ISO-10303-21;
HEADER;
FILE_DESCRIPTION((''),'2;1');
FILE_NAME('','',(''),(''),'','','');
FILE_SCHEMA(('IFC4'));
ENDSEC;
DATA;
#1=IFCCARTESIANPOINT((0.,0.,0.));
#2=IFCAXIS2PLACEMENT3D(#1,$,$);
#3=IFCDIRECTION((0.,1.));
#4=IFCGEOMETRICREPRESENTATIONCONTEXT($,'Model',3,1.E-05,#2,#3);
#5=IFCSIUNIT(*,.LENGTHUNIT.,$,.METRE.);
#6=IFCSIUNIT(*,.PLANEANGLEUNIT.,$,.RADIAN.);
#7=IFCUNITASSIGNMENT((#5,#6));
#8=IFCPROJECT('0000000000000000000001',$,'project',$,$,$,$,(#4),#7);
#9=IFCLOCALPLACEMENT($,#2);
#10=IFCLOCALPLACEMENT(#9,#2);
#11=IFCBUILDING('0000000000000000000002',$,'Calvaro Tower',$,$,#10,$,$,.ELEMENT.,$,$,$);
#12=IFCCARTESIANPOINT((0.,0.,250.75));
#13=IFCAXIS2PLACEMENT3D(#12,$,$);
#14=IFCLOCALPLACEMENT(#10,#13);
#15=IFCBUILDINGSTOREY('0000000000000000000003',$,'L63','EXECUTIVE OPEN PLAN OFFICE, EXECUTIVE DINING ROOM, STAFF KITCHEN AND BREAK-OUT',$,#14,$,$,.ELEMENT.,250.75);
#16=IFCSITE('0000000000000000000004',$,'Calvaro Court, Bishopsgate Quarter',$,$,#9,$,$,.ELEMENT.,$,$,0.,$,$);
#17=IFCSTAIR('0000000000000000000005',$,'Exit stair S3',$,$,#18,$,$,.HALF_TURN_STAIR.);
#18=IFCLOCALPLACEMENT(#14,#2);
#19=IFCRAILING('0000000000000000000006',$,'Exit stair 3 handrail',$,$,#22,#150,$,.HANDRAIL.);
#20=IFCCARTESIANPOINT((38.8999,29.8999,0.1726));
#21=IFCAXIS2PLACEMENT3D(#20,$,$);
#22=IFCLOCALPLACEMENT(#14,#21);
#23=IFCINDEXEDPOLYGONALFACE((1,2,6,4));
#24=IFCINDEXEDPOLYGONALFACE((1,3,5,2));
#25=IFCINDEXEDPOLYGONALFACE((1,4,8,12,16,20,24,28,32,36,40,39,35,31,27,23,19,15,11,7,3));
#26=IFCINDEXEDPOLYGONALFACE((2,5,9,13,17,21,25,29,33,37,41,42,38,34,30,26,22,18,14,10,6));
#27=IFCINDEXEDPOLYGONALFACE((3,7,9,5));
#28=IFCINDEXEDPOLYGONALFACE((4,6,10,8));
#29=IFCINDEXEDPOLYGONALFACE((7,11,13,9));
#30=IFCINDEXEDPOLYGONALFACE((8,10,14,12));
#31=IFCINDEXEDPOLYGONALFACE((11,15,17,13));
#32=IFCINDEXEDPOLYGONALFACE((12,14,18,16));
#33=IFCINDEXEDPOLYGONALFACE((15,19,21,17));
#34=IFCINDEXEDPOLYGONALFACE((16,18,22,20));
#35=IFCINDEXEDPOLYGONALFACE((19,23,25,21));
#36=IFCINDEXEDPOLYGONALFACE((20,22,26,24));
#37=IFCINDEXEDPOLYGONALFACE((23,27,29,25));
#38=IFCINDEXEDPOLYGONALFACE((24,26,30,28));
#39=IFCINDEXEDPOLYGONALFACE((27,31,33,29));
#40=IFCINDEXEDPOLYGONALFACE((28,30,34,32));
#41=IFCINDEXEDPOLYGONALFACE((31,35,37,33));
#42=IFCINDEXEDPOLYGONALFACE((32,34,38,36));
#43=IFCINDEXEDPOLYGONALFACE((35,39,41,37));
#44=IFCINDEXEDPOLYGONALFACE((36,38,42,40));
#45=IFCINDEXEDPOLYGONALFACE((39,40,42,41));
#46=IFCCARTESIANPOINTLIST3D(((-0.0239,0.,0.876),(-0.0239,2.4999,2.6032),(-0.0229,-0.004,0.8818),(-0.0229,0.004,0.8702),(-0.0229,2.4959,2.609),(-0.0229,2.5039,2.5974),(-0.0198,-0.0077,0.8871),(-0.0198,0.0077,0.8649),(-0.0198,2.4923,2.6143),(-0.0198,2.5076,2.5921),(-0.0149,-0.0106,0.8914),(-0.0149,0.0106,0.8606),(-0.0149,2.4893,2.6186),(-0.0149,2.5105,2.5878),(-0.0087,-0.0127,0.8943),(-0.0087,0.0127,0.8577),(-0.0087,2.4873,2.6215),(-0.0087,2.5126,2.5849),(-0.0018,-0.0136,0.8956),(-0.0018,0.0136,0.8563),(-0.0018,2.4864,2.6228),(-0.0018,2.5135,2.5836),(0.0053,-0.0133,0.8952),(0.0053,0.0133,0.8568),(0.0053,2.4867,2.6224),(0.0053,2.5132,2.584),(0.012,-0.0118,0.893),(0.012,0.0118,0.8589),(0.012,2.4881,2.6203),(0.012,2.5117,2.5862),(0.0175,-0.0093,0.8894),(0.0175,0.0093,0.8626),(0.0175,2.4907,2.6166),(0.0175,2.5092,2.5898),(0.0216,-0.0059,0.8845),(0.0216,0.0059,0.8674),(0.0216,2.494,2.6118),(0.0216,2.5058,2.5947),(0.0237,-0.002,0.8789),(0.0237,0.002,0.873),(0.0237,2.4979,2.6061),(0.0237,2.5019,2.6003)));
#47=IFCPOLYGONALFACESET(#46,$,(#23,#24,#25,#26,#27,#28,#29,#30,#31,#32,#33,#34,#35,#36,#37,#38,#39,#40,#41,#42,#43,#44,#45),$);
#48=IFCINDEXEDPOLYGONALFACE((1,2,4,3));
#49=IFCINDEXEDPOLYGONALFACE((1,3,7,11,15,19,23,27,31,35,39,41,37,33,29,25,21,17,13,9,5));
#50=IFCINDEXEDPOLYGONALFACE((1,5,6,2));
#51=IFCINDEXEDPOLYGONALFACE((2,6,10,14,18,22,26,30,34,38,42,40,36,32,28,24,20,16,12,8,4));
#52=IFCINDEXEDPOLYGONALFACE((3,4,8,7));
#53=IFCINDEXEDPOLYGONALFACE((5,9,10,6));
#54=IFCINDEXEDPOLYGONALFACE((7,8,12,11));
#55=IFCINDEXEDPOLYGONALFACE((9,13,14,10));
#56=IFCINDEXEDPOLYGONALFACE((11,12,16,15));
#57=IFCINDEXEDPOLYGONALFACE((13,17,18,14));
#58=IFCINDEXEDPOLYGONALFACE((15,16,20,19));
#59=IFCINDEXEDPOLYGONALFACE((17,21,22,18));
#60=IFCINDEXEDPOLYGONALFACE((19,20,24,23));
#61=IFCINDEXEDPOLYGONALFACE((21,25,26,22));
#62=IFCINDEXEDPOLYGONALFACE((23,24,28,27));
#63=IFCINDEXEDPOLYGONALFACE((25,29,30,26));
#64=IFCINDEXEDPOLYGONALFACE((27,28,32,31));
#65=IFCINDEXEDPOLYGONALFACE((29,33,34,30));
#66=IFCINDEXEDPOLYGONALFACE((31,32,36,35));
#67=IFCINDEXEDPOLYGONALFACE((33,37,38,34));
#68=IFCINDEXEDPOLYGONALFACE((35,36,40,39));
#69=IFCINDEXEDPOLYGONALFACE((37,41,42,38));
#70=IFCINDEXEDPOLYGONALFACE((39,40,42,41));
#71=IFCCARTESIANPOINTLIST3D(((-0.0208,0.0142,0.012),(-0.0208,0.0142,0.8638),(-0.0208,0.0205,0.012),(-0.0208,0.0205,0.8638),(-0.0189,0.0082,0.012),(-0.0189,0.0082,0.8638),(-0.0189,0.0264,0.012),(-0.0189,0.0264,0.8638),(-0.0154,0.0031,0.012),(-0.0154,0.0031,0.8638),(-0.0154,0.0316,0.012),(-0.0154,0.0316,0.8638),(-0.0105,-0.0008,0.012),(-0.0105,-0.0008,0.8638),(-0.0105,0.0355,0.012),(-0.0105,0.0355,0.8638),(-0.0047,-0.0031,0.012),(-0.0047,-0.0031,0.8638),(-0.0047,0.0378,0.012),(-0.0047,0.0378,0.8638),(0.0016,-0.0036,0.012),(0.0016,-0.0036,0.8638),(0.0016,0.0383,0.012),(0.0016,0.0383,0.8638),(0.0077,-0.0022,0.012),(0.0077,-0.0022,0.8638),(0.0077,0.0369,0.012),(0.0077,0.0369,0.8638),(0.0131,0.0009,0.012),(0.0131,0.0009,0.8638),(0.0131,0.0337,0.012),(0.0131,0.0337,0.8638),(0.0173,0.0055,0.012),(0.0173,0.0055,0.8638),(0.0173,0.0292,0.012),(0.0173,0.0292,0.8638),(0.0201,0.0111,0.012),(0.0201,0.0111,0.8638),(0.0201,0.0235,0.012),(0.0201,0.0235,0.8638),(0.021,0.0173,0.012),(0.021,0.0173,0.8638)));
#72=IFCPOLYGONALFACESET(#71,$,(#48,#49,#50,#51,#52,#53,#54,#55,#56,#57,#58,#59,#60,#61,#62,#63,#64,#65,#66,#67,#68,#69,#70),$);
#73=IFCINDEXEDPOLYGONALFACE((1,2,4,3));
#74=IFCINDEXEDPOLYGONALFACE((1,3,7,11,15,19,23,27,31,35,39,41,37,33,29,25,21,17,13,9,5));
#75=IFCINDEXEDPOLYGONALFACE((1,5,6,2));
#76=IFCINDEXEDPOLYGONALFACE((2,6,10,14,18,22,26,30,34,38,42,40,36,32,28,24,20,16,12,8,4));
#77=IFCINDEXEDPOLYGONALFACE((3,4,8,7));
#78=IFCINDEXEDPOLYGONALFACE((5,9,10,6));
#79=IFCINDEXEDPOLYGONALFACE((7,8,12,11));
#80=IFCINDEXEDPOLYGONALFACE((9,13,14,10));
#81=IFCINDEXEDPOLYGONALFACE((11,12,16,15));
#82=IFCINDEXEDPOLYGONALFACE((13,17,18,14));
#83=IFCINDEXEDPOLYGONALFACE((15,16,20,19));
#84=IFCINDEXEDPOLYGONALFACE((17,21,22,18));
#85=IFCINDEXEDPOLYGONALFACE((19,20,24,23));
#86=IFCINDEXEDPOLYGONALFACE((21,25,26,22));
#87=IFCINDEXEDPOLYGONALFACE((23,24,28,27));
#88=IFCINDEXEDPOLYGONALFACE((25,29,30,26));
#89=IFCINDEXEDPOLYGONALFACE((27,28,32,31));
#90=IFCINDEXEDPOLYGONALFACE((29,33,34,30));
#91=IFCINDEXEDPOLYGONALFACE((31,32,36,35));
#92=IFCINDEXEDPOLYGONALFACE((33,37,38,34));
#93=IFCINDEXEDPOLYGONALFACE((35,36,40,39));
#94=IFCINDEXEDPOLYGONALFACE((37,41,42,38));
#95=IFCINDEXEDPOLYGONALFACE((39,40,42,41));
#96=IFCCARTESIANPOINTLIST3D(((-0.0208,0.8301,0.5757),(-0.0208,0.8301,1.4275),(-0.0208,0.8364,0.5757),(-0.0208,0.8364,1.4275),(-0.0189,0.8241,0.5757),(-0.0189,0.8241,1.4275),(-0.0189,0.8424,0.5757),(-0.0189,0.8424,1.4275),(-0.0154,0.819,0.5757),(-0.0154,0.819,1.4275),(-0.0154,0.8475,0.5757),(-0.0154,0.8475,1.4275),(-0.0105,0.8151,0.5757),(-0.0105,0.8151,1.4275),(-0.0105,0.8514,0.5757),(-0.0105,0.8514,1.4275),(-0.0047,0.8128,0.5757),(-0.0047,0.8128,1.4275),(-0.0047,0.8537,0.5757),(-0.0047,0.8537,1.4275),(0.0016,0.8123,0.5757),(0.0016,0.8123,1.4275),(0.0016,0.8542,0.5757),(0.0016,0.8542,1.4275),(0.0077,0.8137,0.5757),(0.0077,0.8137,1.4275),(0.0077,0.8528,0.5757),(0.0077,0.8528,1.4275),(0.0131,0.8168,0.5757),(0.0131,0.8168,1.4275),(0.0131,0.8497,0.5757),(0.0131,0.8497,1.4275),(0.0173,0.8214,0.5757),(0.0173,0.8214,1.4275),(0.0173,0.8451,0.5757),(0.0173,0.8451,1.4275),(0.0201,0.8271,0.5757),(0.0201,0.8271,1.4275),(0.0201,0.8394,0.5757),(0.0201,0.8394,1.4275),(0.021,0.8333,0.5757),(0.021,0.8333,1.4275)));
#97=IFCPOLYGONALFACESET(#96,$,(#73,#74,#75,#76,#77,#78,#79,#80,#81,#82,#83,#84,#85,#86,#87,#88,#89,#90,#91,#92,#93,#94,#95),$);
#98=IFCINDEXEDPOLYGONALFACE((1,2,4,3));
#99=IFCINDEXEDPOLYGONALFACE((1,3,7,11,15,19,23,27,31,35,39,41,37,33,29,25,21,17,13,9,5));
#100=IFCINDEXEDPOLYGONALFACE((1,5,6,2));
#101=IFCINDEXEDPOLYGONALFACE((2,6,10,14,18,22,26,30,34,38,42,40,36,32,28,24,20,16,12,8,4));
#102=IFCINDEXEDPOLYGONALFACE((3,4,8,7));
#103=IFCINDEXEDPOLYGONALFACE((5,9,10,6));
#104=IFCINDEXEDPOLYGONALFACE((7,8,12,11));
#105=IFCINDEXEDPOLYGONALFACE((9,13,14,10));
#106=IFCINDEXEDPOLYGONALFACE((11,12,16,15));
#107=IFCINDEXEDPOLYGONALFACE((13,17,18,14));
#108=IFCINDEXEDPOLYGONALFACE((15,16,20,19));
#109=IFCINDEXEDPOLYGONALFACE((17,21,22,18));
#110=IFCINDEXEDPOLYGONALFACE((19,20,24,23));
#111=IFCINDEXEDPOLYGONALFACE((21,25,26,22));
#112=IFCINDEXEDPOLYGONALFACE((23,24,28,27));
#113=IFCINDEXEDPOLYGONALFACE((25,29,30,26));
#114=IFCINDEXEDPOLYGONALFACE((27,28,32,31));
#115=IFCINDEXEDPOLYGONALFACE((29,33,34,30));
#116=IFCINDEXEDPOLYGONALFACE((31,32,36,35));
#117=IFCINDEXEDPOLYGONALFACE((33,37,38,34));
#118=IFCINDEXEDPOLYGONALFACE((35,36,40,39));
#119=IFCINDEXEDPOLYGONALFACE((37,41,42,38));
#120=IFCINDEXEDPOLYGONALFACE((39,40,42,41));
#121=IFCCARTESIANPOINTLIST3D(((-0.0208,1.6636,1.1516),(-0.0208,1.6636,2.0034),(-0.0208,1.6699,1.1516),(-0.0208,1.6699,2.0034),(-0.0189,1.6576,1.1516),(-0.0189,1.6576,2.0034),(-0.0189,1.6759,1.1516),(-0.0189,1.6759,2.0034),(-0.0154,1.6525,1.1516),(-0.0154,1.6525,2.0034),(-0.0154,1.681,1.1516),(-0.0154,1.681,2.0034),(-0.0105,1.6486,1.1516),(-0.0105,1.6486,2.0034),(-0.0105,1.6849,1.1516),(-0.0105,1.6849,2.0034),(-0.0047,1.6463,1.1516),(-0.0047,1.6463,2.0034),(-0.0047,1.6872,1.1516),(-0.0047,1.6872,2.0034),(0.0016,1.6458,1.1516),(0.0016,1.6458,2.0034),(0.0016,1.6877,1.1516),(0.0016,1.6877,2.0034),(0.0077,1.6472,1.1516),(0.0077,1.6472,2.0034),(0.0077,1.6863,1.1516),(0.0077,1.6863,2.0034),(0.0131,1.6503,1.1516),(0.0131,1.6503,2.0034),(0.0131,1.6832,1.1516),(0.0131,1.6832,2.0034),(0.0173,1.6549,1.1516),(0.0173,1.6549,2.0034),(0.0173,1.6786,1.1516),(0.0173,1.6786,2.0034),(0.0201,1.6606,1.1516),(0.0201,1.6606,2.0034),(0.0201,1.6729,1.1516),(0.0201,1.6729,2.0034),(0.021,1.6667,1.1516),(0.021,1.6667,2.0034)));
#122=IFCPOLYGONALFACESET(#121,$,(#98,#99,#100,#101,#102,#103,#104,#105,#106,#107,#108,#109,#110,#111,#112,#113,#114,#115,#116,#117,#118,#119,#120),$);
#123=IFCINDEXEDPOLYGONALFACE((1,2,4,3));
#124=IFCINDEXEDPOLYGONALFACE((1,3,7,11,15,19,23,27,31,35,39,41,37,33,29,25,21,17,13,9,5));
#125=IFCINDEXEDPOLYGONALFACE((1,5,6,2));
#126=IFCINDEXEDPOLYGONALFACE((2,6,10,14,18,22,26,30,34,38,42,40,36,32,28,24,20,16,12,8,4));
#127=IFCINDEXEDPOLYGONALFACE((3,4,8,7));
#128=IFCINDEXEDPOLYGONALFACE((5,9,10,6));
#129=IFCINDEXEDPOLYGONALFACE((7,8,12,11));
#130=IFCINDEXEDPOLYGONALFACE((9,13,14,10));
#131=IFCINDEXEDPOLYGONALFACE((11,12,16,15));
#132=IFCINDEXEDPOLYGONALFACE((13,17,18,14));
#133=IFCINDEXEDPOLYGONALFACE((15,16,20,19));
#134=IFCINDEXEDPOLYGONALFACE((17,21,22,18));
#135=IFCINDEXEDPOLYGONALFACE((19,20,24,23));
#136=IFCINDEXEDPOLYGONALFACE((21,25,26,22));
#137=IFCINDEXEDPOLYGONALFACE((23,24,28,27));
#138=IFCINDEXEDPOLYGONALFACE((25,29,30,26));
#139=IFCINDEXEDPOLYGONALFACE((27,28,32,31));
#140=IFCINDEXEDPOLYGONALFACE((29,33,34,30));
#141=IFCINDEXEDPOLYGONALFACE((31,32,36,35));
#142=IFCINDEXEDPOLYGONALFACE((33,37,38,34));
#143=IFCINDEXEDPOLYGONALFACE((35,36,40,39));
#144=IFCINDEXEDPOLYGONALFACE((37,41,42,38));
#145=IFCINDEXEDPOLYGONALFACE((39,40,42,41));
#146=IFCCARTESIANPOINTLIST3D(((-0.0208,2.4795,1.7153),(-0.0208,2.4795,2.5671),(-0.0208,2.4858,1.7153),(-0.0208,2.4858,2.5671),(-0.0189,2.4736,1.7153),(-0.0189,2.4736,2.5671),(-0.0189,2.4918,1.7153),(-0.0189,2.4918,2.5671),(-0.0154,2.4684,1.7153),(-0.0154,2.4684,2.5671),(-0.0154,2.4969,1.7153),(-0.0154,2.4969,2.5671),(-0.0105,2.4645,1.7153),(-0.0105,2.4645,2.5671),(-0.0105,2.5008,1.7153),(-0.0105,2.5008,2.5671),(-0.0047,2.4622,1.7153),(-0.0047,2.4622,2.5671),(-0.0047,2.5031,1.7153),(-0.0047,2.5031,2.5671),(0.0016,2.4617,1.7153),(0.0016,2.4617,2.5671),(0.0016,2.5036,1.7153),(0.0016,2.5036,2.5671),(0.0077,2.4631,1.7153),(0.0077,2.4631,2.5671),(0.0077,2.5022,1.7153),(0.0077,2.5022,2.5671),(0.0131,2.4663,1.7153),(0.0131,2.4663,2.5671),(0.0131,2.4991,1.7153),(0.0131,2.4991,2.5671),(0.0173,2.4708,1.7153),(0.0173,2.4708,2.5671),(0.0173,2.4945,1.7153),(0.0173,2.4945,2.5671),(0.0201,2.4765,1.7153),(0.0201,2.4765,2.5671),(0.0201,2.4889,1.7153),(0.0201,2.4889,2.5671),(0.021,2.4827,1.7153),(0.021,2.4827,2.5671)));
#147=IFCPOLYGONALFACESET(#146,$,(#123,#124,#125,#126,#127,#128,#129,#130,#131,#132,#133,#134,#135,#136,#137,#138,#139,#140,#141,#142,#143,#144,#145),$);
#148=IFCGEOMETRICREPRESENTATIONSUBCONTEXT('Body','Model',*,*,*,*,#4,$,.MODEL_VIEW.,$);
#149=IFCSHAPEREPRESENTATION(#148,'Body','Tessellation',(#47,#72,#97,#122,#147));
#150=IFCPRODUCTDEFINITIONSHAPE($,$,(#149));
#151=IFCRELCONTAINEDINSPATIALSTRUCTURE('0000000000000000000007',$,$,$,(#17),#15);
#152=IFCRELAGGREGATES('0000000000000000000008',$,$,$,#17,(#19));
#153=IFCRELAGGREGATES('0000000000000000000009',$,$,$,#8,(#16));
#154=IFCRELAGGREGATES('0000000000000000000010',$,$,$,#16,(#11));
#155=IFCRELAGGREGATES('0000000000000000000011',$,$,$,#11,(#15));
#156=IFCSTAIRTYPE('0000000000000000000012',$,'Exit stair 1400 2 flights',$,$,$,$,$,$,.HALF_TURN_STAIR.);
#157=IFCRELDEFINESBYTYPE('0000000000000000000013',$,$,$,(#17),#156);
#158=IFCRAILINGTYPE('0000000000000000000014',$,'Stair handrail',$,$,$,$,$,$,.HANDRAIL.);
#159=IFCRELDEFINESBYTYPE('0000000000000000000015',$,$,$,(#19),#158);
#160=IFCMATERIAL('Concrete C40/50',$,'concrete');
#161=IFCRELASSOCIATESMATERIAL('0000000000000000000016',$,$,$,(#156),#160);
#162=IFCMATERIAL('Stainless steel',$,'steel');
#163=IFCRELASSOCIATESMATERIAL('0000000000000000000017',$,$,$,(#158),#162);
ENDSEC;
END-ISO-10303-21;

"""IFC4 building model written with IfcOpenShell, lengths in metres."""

from ifc_helpers import new_model, si_unit, direction, frame, origin, origin_2d, place, context, subcontext, project, spatial, circle, extrude, material, type_object, element, aggregate, save


model = new_model("IFC4")

# Units and contexts
model_context = context("Model", 3, precision=1e-05, world=origin(), true_north=direction((0.0, 1.0)))
body_context = subcontext(model_context, "Body", "Model", "MODEL_VIEW")
ifc_project = project(units=[si_unit("LENGTHUNIT", "METRE"), si_unit("PLANEANGLEUNIT", "RADIAN")], contexts=[model_context])

# Site, building, storey
site_placement = place(None, origin())
site = spatial("IfcSite", under=ifc_project, at=site_placement, Name="Calvaro Court, Bishopsgate Quarter", CompositionType="ELEMENT", RefElevation=0.0)
building_placement = place(site_placement, origin())
building = spatial("IfcBuilding", under=site, at=building_placement, Name="Calvaro Tower", CompositionType="ELEMENT")
storey_placement = place(building_placement, frame((0.0, 0.0, 250.75)))
storey = spatial("IfcBuildingStorey", under=building, at=storey_placement, Name="L63", Description="EXECUTIVE OPEN PLAN OFFICE, EXECUTIVE DINING ROOM, STAFF KITCHEN AND BREAK-OUT", CompositionType="ELEMENT", Elevation=250.75)

# Stair
ifc_material_1 = material(Name="Concrete C40/50", Category="concrete")
stair_type = type_object("IfcStairType", Name="Exit stair 1400 2 flights", PredefinedType="HALF_TURN_STAIR", material=ifc_material_1)
stair_1_placement = place(storey_placement, origin())
stair_1 = element("IfcStair", 1, at=stair_1_placement, inside=storey, type_object=stair_type, Name="Exit stair S3", PredefinedType="HALF_TURN_STAIR")

# Railing
ifc_material_2 = material(Name="Stainless steel", Category="steel")
railing_type = type_object("IfcRailingType", Name="Stair handrail", PredefinedType="HANDRAIL", material=ifc_material_2)
railing_1_placement = place(storey_placement, frame((38.8999, 29.8999, 0.1726)))
railing_1 = element("IfcRailing", 2, at=railing_1_placement, type_object=railing_type, Name="Exit stair 3 handrail", PredefinedType="HANDRAIL", context=body_context, shape_type="SweptSolid", body=[
    extrude(circle(Radius=0.0239, at=origin_2d()), frame((0.0, 0.0, 0.876), z_axis=(0.0, 0.822727, 0.568437), x_axis=(-1.0, 0.0, 0.0)), (0.0, 0.0, 1.0), 3.0386),
    extrude(circle(Radius=0.021, at=origin_2d()), frame((0.0, 0.0173, 0.012)), (0.0, 0.0, 1.0), 0.8518),
    extrude(circle(Radius=0.021, at=origin_2d()), frame((0.0, 0.8333, 0.5757)), (0.0, 0.0, 1.0), 0.8518),
    extrude(circle(Radius=0.021, at=origin_2d()), frame((0.0, 1.6667, 1.1516)), (0.0, 0.0, 1.0), 0.8518),
    extrude(circle(Radius=0.021, at=origin_2d()), frame((0.0, 2.4827, 1.7153)), (0.0, 0.0, 1.0), 0.8518),
])
aggregate(stair_1, [railing_1])

save(model, "model.ifc")
